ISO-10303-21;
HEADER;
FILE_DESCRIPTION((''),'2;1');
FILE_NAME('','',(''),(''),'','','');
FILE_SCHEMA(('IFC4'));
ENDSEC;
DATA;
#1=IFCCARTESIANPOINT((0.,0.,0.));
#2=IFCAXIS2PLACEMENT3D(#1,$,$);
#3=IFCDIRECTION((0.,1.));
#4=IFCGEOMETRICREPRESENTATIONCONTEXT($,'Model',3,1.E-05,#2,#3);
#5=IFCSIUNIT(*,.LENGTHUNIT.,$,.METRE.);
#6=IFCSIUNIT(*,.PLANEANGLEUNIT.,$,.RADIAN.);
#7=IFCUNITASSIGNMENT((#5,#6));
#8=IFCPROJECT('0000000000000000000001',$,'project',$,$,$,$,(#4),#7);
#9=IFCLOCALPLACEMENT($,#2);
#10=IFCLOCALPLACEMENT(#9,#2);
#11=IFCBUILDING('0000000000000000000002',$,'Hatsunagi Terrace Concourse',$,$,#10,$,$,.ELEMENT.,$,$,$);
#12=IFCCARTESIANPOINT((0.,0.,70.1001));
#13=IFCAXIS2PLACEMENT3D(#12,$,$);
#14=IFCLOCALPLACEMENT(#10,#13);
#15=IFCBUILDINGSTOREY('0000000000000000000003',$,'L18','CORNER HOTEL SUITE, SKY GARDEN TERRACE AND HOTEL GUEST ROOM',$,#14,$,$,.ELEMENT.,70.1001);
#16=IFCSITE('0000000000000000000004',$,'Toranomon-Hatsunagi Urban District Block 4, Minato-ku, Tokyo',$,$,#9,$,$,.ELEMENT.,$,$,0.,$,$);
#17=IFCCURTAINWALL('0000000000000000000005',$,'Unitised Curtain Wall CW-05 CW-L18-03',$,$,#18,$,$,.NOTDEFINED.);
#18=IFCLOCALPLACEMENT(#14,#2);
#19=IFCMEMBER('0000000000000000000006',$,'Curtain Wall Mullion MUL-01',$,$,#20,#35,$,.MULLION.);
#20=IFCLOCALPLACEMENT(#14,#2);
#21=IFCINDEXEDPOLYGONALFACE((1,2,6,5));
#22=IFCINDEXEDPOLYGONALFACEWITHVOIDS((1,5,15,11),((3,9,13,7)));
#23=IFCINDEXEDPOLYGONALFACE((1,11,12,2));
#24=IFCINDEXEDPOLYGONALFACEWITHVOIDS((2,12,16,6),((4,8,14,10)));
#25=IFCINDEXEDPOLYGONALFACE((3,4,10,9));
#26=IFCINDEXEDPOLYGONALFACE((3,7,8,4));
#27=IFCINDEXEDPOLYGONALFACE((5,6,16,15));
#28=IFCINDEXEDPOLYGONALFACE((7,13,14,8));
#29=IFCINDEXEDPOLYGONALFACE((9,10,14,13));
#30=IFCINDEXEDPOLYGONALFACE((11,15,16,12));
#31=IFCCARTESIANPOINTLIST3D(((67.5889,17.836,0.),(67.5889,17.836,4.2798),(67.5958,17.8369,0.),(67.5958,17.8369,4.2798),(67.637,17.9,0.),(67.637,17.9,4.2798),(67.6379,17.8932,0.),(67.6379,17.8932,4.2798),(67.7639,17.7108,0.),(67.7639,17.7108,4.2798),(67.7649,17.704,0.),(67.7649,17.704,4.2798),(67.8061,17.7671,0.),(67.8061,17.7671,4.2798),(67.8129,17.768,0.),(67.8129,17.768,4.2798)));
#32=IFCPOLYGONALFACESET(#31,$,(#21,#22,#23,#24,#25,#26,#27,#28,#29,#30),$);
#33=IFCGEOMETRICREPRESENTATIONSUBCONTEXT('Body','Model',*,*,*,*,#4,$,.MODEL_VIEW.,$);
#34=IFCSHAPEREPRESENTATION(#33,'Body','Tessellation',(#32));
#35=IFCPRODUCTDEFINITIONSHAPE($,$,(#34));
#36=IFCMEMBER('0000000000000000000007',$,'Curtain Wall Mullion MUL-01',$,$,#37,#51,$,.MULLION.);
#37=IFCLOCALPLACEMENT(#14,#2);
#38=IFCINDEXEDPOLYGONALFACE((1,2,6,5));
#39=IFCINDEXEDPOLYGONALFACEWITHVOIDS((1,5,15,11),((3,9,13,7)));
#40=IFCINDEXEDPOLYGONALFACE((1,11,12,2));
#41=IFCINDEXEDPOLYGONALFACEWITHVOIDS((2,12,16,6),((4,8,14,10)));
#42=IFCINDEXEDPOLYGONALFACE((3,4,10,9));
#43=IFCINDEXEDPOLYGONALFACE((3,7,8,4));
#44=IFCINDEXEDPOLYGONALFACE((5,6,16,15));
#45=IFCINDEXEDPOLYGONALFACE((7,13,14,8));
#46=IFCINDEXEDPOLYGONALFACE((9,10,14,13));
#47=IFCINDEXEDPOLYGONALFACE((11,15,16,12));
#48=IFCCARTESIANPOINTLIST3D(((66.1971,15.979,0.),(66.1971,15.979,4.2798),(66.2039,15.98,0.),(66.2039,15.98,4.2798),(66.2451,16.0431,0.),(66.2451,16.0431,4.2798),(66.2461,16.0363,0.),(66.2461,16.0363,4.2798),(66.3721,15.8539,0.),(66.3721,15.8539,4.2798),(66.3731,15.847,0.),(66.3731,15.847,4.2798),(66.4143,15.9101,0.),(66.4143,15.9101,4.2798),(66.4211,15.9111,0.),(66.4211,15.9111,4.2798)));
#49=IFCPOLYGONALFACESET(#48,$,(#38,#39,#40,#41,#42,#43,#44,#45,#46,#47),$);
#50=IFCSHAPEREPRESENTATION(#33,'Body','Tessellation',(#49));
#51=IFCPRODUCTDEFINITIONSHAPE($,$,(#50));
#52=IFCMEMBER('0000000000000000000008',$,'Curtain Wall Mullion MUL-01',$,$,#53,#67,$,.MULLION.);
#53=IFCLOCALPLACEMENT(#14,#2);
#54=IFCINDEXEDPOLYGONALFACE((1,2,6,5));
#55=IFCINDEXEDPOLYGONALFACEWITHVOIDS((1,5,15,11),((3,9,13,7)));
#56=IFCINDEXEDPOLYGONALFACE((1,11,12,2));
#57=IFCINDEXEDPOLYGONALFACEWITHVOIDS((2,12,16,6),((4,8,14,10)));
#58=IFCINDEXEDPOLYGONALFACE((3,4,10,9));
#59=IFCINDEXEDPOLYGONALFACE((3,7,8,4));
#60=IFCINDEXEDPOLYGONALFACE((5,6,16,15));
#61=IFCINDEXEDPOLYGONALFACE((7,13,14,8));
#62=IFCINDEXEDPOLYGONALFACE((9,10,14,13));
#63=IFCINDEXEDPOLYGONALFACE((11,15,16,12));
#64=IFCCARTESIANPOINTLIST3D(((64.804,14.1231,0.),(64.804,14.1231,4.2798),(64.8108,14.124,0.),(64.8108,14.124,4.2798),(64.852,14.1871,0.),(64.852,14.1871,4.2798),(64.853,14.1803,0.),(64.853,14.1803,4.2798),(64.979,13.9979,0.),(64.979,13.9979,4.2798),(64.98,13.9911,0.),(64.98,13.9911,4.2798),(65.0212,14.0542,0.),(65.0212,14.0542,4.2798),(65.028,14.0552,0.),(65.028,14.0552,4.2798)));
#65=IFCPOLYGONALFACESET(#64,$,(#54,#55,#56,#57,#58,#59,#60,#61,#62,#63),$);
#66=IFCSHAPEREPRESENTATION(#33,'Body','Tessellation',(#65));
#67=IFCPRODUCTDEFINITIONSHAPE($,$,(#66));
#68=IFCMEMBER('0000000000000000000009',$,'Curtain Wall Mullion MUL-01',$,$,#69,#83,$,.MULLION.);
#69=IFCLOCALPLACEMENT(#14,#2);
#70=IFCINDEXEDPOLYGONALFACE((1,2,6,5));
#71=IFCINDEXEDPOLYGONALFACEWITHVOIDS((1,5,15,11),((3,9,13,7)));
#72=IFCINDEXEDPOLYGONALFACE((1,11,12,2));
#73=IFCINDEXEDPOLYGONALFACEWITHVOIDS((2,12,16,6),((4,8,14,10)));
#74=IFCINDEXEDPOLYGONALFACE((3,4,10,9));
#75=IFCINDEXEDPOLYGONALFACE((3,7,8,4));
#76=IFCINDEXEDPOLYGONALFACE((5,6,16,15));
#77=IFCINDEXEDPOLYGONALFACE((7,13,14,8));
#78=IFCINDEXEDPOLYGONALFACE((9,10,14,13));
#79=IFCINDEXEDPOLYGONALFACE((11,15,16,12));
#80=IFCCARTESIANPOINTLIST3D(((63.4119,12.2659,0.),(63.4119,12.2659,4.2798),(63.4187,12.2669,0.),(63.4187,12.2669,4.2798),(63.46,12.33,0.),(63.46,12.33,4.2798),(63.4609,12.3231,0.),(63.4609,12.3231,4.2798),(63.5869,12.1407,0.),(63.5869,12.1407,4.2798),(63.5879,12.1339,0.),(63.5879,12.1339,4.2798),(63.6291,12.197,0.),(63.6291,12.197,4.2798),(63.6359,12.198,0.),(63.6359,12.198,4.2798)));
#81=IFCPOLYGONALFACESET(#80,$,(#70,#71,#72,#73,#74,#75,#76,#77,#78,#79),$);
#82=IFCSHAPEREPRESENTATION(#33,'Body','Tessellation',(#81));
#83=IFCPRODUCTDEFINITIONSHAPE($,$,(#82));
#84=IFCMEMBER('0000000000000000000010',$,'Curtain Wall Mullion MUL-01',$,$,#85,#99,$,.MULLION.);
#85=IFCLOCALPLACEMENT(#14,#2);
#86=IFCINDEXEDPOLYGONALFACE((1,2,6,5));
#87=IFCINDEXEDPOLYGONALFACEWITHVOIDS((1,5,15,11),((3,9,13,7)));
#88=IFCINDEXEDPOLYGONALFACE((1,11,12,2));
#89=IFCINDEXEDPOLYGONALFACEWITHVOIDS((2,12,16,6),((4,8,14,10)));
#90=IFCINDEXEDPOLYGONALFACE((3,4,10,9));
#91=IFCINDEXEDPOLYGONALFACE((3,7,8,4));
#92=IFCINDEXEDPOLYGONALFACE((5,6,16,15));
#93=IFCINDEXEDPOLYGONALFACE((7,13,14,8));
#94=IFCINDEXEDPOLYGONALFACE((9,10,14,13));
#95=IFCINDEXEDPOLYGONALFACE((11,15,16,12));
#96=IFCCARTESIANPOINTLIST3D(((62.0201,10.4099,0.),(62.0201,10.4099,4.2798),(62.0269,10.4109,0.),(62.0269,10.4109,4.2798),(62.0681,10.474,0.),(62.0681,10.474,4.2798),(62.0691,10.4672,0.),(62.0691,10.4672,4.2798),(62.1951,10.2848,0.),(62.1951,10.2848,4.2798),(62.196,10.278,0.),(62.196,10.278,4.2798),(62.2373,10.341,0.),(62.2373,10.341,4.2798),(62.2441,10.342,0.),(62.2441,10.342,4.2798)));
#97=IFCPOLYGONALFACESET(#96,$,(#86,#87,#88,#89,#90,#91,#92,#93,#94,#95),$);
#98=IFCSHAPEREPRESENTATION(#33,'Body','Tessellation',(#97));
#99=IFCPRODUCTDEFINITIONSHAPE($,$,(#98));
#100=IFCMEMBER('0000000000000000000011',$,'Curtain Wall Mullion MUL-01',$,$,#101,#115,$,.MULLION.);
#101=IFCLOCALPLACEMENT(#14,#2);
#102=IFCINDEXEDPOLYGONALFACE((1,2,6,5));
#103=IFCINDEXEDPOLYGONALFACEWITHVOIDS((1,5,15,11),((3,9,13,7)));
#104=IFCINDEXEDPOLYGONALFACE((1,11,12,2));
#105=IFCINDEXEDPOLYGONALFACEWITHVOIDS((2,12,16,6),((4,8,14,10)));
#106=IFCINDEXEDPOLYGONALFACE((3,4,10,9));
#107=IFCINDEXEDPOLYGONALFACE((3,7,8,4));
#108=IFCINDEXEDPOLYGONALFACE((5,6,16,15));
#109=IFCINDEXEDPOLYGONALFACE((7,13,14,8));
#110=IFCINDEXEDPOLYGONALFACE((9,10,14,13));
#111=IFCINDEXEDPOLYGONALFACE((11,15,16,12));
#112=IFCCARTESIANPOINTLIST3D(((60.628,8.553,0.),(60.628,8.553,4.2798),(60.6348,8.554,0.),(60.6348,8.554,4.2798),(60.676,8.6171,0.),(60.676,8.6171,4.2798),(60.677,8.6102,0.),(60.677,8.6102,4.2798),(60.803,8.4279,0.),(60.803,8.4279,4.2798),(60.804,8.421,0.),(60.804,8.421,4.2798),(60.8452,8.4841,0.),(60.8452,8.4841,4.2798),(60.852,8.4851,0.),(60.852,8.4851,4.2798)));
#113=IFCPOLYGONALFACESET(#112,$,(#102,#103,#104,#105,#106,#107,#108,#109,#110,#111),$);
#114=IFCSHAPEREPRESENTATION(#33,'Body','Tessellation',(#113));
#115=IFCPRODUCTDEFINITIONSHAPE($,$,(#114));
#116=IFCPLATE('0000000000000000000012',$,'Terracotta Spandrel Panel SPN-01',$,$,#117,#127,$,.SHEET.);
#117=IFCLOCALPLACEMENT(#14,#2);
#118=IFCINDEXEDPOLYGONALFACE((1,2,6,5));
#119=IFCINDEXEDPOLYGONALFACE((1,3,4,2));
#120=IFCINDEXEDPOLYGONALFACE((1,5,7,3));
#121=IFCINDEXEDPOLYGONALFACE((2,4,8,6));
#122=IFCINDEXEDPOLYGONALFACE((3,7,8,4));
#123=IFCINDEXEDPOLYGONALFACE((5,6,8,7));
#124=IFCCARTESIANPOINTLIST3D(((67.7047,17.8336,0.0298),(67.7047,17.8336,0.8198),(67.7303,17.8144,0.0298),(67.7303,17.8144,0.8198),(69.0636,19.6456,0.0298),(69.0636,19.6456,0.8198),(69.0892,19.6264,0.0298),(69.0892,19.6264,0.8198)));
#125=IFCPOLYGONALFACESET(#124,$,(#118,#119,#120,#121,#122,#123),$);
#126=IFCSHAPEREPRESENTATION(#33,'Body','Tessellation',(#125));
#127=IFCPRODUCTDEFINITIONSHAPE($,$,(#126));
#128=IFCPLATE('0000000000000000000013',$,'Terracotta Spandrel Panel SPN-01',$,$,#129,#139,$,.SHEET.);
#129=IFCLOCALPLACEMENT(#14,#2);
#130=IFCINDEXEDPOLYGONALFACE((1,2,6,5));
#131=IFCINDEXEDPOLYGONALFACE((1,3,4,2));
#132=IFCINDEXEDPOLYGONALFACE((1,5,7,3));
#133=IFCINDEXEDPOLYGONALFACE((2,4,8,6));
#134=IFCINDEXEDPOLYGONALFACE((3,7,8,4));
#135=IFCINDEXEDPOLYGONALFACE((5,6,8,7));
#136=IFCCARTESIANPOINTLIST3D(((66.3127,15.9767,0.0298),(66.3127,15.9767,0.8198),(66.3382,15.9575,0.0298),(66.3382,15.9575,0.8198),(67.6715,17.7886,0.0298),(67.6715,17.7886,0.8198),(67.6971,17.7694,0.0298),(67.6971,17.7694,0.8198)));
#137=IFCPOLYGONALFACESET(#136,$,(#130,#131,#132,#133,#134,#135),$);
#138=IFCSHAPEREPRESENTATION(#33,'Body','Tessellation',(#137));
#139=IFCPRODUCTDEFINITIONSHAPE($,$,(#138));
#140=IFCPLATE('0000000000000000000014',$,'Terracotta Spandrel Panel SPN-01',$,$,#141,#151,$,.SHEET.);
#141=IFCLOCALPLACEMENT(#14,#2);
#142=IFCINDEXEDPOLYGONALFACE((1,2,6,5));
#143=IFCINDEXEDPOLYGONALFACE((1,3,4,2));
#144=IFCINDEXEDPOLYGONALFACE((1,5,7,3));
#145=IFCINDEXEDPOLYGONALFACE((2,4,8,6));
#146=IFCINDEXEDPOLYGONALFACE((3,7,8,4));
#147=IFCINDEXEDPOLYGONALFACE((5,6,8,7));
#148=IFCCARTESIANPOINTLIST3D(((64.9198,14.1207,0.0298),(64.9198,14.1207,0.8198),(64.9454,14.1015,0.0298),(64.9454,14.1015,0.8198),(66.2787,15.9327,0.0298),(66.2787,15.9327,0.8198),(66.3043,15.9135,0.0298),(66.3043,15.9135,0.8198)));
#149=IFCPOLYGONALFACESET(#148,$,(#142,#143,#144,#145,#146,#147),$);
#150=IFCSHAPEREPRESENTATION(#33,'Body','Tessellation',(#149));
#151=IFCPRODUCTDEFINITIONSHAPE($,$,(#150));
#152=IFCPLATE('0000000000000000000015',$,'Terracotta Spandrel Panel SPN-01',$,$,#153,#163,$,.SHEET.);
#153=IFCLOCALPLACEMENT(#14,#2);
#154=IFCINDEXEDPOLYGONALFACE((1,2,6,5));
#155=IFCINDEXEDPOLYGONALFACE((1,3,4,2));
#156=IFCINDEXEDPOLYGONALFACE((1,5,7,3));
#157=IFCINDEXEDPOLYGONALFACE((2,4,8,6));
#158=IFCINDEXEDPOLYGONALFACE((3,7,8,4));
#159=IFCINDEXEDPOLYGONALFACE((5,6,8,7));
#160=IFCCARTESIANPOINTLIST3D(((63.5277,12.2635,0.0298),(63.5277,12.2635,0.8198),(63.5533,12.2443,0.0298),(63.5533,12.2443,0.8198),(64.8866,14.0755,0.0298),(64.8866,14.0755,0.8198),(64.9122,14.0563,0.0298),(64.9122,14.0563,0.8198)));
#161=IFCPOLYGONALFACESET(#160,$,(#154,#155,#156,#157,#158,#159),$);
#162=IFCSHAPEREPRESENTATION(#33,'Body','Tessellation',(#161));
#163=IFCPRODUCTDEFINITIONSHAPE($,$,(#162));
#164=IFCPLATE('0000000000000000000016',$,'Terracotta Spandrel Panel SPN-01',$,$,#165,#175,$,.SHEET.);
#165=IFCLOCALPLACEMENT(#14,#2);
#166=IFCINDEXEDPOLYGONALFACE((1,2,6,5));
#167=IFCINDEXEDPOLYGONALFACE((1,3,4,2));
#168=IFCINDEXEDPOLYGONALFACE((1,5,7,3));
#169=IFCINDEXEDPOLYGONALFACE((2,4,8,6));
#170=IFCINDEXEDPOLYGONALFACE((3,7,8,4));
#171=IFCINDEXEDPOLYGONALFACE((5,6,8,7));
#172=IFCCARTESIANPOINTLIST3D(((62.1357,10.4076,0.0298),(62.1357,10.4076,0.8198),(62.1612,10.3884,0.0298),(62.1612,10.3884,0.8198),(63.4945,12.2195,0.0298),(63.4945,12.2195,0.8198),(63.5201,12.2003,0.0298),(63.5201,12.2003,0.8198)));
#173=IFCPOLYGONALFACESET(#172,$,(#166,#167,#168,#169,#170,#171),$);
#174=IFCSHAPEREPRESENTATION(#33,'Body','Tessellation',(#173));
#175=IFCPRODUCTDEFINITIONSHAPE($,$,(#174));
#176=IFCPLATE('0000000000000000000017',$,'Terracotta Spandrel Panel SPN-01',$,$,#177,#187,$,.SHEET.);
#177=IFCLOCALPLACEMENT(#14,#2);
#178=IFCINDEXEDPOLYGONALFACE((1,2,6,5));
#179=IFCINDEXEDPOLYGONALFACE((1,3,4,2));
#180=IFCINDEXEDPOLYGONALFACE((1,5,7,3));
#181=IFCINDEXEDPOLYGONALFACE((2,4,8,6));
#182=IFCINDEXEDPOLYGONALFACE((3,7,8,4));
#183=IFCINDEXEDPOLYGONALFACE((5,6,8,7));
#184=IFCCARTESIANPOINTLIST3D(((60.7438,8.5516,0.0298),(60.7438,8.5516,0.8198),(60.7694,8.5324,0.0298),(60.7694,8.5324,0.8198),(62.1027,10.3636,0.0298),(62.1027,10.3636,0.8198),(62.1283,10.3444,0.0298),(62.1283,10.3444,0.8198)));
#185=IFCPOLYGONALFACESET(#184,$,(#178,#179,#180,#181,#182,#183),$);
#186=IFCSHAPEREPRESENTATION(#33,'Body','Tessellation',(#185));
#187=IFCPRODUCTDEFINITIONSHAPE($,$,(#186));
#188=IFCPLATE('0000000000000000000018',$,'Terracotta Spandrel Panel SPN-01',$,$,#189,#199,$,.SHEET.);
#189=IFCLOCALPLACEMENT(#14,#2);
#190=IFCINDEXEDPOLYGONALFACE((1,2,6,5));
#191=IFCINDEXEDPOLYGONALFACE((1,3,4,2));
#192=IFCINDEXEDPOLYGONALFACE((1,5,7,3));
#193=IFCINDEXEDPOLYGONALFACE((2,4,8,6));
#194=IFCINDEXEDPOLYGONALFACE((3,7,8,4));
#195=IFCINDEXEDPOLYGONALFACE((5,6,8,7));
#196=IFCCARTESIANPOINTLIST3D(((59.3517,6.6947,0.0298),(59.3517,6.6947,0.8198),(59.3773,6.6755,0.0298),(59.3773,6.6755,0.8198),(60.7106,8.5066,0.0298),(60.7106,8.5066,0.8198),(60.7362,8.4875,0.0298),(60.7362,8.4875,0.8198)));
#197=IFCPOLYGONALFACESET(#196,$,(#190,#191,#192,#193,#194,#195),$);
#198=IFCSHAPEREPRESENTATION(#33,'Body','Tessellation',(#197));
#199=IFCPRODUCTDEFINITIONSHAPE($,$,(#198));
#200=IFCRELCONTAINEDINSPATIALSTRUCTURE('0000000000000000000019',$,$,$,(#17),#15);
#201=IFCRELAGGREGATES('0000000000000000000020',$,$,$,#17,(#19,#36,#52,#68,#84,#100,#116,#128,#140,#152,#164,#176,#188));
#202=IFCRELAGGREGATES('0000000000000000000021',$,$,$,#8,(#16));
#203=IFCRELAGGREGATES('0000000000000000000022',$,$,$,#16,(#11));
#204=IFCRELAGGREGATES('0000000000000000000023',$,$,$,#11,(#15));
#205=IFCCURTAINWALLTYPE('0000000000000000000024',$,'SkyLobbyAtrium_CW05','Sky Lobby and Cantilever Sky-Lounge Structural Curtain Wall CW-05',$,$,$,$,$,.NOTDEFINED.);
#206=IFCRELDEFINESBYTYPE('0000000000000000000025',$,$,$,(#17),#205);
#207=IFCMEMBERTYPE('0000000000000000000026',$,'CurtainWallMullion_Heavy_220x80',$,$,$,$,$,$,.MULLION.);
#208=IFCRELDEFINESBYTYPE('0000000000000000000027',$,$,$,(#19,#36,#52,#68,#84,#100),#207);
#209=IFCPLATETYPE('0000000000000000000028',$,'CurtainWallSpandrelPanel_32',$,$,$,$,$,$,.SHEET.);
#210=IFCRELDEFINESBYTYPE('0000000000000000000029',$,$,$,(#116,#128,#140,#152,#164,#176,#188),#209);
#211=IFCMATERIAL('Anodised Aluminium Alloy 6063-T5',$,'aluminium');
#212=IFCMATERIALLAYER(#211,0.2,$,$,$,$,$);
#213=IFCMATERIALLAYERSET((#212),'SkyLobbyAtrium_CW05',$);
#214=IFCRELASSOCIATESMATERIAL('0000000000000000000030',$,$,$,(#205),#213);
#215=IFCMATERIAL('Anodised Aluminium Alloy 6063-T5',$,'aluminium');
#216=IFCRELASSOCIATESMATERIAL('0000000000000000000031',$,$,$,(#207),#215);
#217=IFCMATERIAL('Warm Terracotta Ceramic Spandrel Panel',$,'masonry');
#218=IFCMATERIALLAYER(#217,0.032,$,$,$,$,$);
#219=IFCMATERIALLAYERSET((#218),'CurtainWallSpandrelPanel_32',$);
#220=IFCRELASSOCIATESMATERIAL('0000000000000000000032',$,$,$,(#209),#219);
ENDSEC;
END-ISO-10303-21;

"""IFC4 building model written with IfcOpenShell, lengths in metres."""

from ifc_helpers import new_model, si_unit, direction, frame, origin, origin_2d, place, context, subcontext, project, spatial, rectangle, hollow_rectangle, extrude, material, layer, layer_set, material_profile, profile_set, type_object, element, aggregate, save


model = new_model("IFC4")

# Units and contexts
model_context = context("Model", 3, precision=1e-05, world=origin(), true_north=direction((0.0, 1.0)))
body_context = subcontext(model_context, "Body", "Model", "MODEL_VIEW")
ifc_project = project(units=[si_unit("LENGTHUNIT", "METRE"), si_unit("PLANEANGLEUNIT", "RADIAN")], contexts=[model_context])

# Site, building, storey
site_placement = place(None, origin())
site = spatial("IfcSite", under=ifc_project, at=site_placement, Name="Toranomon-Hatsunagi Urban District Block 4, Minato-ku, Tokyo", CompositionType="ELEMENT", RefElevation=0.0)
building_placement = place(site_placement, origin())
building = spatial("IfcBuilding", under=site, at=building_placement, Name="Hatsunagi Terrace Concourse", CompositionType="ELEMENT")
storey_placement = place(building_placement, frame((0.0, 0.0, 70.1001)))
storey = spatial("IfcBuildingStorey", under=building, at=storey_placement, Name="L18", Description="CORNER HOTEL SUITE, SKY GARDEN TERRACE AND HOTEL GUEST ROOM", CompositionType="ELEMENT", Elevation=70.1001)

# Curtain wall, members, plates
ifc_material_1 = material(Name="Anodised Aluminium Alloy 6063-T5", Category="aluminium")
ifc_layer_1 = layer(ifc_material_1, 0.2)
ifc_layer_set_1 = layer_set([ifc_layer_1], Name="SkyLobbyAtrium_CW05")
curtain_wall_type = type_object("IfcCurtainWallType", Name="SkyLobbyAtrium_CW05", Description="Sky Lobby and Cantilever Sky-Lounge Structural Curtain Wall CW-05", PredefinedType="NOTDEFINED", material=ifc_layer_set_1)
curtain_wall_placement = place(storey_placement, origin())
curtain_wall = element("IfcCurtainWall", 1, at=curtain_wall_placement, inside=storey, type_object=curtain_wall_type, Name="Unitised Curtain Wall CW-05 CW-L18-03", PredefinedType="NOTDEFINED")
ifc_material_2 = material(Name="Anodised Aluminium Alloy 6063-T5", Category="aluminium")
ifc_material_profile = material_profile(ifc_material_2, hollow_rectangle(XDim=0.0801, YDim=0.22, WallThickness=0.0049, at=origin_2d()), Name="ALU-MUL-220x80x5")
ifc_profile_set = profile_set([ifc_material_profile], Name="Anodised Aluminium Alloy 6063-T5")
member_type = type_object("IfcMemberType", Name="CurtainWallMullion_Heavy_220x80", PredefinedType="MULLION", material=ifc_profile_set)
member_1_placement = place(storey_placement, frame((67.7009, 17.802, 0.0), z_axis=(0.0, 0.0, 1.0), x_axis=(-0.599969, -0.800023, 0.0)))
member_1 = element("IfcMember", 2, at=member_1_placement, type_object=member_type, Name="Curtain Wall Mullion MUL-01", PredefinedType="MULLION", context=body_context, shape_type="SweptSolid", body=[
    extrude(hollow_rectangle(XDim=0.0801, YDim=0.22, WallThickness=0.0049, at=origin_2d()), origin(), (0.0, 0.0, 1.0), 4.2798),
])
member_2_placement = place(storey_placement, frame((66.3091, 15.9451, 0.0), z_axis=(0.0, 0.0, 1.0), x_axis=(-0.599969, -0.800023, 0.0)))
member_2 = element("IfcMember", 3, at=member_2_placement, type_object=member_type, Name="Curtain Wall Mullion MUL-01", PredefinedType="MULLION", context=body_context, shape_type="SweptSolid", body=[
    extrude(hollow_rectangle(XDim=0.0801, YDim=0.22, WallThickness=0.0049, at=origin_2d()), origin(), (0.0, 0.0, 1.0), 4.2798),
])
member_3_placement = place(storey_placement, frame((64.916, 14.0891, 0.0), z_axis=(0.0, 0.0, 1.0), x_axis=(-0.599969, -0.800023, 0.0)))
member_3 = element("IfcMember", 4, at=member_3_placement, type_object=member_type, Name="Curtain Wall Mullion MUL-01", PredefinedType="MULLION", context=body_context, shape_type="SweptSolid", body=[
    extrude(hollow_rectangle(XDim=0.0801, YDim=0.22, WallThickness=0.0049, at=origin_2d()), origin(), (0.0, 0.0, 1.0), 4.2798),
])
member_4_placement = place(storey_placement, frame((63.5239, 12.2319, 0.0), z_axis=(0.0, 0.0, 1.0), x_axis=(-0.599969, -0.800023, 0.0)))
member_4 = element("IfcMember", 5, at=member_4_placement, type_object=member_type, Name="Curtain Wall Mullion MUL-01", PredefinedType="MULLION", context=body_context, shape_type="SweptSolid", body=[
    extrude(hollow_rectangle(XDim=0.0801, YDim=0.22, WallThickness=0.0049, at=origin_2d()), origin(), (0.0, 0.0, 1.0), 4.2798),
])
member_5_placement = place(storey_placement, frame((62.1321, 10.376, 0.0), z_axis=(0.0, 0.0, 1.0), x_axis=(-0.599969, -0.800023, 0.0)))
member_5 = element("IfcMember", 6, at=member_5_placement, type_object=member_type, Name="Curtain Wall Mullion MUL-01", PredefinedType="MULLION", context=body_context, shape_type="SweptSolid", body=[
    extrude(hollow_rectangle(XDim=0.0801, YDim=0.22, WallThickness=0.0049, at=origin_2d()), origin(), (0.0, 0.0, 1.0), 4.2798),
])
member_6_placement = place(storey_placement, frame((60.74, 8.519, 0.0), z_axis=(0.0, 0.0, 1.0), x_axis=(-0.599969, -0.800023, 0.0)))
member_6 = element("IfcMember", 7, at=member_6_placement, type_object=member_type, Name="Curtain Wall Mullion MUL-01", PredefinedType="MULLION", context=body_context, shape_type="SweptSolid", body=[
    extrude(hollow_rectangle(XDim=0.0801, YDim=0.22, WallThickness=0.0049, at=origin_2d()), origin(), (0.0, 0.0, 1.0), 4.2798),
])
ifc_material_3 = material(Name="Warm Terracotta Ceramic Spandrel Panel", Category="masonry")
ifc_layer_2 = layer(ifc_material_3, 0.032)
ifc_layer_set_2 = layer_set([ifc_layer_2], Name="CurtainWallSpandrelPanel_32")
plate_type_1 = type_object("IfcPlateType", Name="CurtainWallSpandrelPanel_32", PredefinedType="SHEET", material=ifc_layer_set_2)
plate_1_placement = place(storey_placement, frame((68.397, 18.73, 0.0298), z_axis=(0.0, 0.0, 1.0), x_axis=(-0.599969, -0.800023, 0.0)))
plate_1 = element("IfcPlate", 8, at=plate_1_placement, type_object=plate_type_1, Name="Terracotta Spandrel Panel SPN-01", PredefinedType="SHEET", context=body_context, shape_type="SweptSolid", body=[
    extrude(rectangle(XDim=2.2649, YDim=0.032, at=origin_2d()), origin(), (0.0, 0.0, 1.0), 0.79),
])
plate_2_placement = place(storey_placement, frame((67.0049, 16.873, 0.0298), z_axis=(0.0, 0.0, 1.0), x_axis=(-0.599969, -0.800023, 0.0)))
plate_2 = element("IfcPlate", 9, at=plate_2_placement, type_object=plate_type_1, Name="Terracotta Spandrel Panel SPN-01", PredefinedType="SHEET", context=body_context, shape_type="SweptSolid", body=[
    extrude(rectangle(XDim=2.2649, YDim=0.032, at=origin_2d()), origin(), (0.0, 0.0, 1.0), 0.79),
])
plate_3_placement = place(storey_placement, frame((65.6121, 15.0171, 0.0298), z_axis=(0.0, 0.0, 1.0), x_axis=(-0.599969, -0.800023, 0.0)))
plate_3 = element("IfcPlate", 10, at=plate_3_placement, type_object=plate_type_1, Name="Terracotta Spandrel Panel SPN-01", PredefinedType="SHEET", context=body_context, shape_type="SweptSolid", body=[
    extrude(rectangle(XDim=2.2649, YDim=0.032, at=origin_2d()), origin(), (0.0, 0.0, 1.0), 0.79),
])
plate_4_placement = place(storey_placement, frame((64.22, 13.1599, 0.0298), z_axis=(0.0, 0.0, 1.0), x_axis=(-0.599969, -0.800023, 0.0)))
plate_4 = element("IfcPlate", 11, at=plate_4_placement, type_object=plate_type_1, Name="Terracotta Spandrel Panel SPN-01", PredefinedType="SHEET", context=body_context, shape_type="SweptSolid", body=[
    extrude(rectangle(XDim=2.2649, YDim=0.032, at=origin_2d()), origin(), (0.0, 0.0, 1.0), 0.79),
])
plate_5_placement = place(storey_placement, frame((62.8279, 11.304, 0.0298), z_axis=(0.0, 0.0, 1.0), x_axis=(-0.599969, -0.800023, 0.0)))
plate_5 = element("IfcPlate", 12, at=plate_5_placement, type_object=plate_type_1, Name="Terracotta Spandrel Panel SPN-01", PredefinedType="SHEET", context=body_context, shape_type="SweptSolid", body=[
    extrude(rectangle(XDim=2.2649, YDim=0.032, at=origin_2d()), origin(), (0.0, 0.0, 1.0), 0.79),
])
plate_6_placement = place(storey_placement, frame((61.436, 9.448, 0.0298), z_axis=(0.0, 0.0, 1.0), x_axis=(-0.599969, -0.800023, 0.0)))
plate_6 = element("IfcPlate", 13, at=plate_6_placement, type_object=plate_type_1, Name="Terracotta Spandrel Panel SPN-01", PredefinedType="SHEET", context=body_context, shape_type="SweptSolid", body=[
    extrude(rectangle(XDim=2.2649, YDim=0.032, at=origin_2d()), origin(), (0.0, 0.0, 1.0), 0.79),
])
plate_7_placement = place(storey_placement, frame((60.0439, 7.5911, 0.0298), z_axis=(0.0, 0.0, 1.0), x_axis=(-0.599969, -0.800023, 0.0)))
plate_7 = element("IfcPlate", 14, at=plate_7_placement, type_object=plate_type_1, Name="Terracotta Spandrel Panel SPN-01", PredefinedType="SHEET", context=body_context, shape_type="SweptSolid", body=[
    extrude(rectangle(XDim=2.2649, YDim=0.032, at=origin_2d()), origin(), (0.0, 0.0, 1.0), 0.79),
])
aggregate(curtain_wall, [member_1, member_2, member_3, member_4, member_5, member_6, plate_1, plate_2, plate_3, plate_4, plate_5, plate_6, plate_7])

save(model, "model.ifc")
